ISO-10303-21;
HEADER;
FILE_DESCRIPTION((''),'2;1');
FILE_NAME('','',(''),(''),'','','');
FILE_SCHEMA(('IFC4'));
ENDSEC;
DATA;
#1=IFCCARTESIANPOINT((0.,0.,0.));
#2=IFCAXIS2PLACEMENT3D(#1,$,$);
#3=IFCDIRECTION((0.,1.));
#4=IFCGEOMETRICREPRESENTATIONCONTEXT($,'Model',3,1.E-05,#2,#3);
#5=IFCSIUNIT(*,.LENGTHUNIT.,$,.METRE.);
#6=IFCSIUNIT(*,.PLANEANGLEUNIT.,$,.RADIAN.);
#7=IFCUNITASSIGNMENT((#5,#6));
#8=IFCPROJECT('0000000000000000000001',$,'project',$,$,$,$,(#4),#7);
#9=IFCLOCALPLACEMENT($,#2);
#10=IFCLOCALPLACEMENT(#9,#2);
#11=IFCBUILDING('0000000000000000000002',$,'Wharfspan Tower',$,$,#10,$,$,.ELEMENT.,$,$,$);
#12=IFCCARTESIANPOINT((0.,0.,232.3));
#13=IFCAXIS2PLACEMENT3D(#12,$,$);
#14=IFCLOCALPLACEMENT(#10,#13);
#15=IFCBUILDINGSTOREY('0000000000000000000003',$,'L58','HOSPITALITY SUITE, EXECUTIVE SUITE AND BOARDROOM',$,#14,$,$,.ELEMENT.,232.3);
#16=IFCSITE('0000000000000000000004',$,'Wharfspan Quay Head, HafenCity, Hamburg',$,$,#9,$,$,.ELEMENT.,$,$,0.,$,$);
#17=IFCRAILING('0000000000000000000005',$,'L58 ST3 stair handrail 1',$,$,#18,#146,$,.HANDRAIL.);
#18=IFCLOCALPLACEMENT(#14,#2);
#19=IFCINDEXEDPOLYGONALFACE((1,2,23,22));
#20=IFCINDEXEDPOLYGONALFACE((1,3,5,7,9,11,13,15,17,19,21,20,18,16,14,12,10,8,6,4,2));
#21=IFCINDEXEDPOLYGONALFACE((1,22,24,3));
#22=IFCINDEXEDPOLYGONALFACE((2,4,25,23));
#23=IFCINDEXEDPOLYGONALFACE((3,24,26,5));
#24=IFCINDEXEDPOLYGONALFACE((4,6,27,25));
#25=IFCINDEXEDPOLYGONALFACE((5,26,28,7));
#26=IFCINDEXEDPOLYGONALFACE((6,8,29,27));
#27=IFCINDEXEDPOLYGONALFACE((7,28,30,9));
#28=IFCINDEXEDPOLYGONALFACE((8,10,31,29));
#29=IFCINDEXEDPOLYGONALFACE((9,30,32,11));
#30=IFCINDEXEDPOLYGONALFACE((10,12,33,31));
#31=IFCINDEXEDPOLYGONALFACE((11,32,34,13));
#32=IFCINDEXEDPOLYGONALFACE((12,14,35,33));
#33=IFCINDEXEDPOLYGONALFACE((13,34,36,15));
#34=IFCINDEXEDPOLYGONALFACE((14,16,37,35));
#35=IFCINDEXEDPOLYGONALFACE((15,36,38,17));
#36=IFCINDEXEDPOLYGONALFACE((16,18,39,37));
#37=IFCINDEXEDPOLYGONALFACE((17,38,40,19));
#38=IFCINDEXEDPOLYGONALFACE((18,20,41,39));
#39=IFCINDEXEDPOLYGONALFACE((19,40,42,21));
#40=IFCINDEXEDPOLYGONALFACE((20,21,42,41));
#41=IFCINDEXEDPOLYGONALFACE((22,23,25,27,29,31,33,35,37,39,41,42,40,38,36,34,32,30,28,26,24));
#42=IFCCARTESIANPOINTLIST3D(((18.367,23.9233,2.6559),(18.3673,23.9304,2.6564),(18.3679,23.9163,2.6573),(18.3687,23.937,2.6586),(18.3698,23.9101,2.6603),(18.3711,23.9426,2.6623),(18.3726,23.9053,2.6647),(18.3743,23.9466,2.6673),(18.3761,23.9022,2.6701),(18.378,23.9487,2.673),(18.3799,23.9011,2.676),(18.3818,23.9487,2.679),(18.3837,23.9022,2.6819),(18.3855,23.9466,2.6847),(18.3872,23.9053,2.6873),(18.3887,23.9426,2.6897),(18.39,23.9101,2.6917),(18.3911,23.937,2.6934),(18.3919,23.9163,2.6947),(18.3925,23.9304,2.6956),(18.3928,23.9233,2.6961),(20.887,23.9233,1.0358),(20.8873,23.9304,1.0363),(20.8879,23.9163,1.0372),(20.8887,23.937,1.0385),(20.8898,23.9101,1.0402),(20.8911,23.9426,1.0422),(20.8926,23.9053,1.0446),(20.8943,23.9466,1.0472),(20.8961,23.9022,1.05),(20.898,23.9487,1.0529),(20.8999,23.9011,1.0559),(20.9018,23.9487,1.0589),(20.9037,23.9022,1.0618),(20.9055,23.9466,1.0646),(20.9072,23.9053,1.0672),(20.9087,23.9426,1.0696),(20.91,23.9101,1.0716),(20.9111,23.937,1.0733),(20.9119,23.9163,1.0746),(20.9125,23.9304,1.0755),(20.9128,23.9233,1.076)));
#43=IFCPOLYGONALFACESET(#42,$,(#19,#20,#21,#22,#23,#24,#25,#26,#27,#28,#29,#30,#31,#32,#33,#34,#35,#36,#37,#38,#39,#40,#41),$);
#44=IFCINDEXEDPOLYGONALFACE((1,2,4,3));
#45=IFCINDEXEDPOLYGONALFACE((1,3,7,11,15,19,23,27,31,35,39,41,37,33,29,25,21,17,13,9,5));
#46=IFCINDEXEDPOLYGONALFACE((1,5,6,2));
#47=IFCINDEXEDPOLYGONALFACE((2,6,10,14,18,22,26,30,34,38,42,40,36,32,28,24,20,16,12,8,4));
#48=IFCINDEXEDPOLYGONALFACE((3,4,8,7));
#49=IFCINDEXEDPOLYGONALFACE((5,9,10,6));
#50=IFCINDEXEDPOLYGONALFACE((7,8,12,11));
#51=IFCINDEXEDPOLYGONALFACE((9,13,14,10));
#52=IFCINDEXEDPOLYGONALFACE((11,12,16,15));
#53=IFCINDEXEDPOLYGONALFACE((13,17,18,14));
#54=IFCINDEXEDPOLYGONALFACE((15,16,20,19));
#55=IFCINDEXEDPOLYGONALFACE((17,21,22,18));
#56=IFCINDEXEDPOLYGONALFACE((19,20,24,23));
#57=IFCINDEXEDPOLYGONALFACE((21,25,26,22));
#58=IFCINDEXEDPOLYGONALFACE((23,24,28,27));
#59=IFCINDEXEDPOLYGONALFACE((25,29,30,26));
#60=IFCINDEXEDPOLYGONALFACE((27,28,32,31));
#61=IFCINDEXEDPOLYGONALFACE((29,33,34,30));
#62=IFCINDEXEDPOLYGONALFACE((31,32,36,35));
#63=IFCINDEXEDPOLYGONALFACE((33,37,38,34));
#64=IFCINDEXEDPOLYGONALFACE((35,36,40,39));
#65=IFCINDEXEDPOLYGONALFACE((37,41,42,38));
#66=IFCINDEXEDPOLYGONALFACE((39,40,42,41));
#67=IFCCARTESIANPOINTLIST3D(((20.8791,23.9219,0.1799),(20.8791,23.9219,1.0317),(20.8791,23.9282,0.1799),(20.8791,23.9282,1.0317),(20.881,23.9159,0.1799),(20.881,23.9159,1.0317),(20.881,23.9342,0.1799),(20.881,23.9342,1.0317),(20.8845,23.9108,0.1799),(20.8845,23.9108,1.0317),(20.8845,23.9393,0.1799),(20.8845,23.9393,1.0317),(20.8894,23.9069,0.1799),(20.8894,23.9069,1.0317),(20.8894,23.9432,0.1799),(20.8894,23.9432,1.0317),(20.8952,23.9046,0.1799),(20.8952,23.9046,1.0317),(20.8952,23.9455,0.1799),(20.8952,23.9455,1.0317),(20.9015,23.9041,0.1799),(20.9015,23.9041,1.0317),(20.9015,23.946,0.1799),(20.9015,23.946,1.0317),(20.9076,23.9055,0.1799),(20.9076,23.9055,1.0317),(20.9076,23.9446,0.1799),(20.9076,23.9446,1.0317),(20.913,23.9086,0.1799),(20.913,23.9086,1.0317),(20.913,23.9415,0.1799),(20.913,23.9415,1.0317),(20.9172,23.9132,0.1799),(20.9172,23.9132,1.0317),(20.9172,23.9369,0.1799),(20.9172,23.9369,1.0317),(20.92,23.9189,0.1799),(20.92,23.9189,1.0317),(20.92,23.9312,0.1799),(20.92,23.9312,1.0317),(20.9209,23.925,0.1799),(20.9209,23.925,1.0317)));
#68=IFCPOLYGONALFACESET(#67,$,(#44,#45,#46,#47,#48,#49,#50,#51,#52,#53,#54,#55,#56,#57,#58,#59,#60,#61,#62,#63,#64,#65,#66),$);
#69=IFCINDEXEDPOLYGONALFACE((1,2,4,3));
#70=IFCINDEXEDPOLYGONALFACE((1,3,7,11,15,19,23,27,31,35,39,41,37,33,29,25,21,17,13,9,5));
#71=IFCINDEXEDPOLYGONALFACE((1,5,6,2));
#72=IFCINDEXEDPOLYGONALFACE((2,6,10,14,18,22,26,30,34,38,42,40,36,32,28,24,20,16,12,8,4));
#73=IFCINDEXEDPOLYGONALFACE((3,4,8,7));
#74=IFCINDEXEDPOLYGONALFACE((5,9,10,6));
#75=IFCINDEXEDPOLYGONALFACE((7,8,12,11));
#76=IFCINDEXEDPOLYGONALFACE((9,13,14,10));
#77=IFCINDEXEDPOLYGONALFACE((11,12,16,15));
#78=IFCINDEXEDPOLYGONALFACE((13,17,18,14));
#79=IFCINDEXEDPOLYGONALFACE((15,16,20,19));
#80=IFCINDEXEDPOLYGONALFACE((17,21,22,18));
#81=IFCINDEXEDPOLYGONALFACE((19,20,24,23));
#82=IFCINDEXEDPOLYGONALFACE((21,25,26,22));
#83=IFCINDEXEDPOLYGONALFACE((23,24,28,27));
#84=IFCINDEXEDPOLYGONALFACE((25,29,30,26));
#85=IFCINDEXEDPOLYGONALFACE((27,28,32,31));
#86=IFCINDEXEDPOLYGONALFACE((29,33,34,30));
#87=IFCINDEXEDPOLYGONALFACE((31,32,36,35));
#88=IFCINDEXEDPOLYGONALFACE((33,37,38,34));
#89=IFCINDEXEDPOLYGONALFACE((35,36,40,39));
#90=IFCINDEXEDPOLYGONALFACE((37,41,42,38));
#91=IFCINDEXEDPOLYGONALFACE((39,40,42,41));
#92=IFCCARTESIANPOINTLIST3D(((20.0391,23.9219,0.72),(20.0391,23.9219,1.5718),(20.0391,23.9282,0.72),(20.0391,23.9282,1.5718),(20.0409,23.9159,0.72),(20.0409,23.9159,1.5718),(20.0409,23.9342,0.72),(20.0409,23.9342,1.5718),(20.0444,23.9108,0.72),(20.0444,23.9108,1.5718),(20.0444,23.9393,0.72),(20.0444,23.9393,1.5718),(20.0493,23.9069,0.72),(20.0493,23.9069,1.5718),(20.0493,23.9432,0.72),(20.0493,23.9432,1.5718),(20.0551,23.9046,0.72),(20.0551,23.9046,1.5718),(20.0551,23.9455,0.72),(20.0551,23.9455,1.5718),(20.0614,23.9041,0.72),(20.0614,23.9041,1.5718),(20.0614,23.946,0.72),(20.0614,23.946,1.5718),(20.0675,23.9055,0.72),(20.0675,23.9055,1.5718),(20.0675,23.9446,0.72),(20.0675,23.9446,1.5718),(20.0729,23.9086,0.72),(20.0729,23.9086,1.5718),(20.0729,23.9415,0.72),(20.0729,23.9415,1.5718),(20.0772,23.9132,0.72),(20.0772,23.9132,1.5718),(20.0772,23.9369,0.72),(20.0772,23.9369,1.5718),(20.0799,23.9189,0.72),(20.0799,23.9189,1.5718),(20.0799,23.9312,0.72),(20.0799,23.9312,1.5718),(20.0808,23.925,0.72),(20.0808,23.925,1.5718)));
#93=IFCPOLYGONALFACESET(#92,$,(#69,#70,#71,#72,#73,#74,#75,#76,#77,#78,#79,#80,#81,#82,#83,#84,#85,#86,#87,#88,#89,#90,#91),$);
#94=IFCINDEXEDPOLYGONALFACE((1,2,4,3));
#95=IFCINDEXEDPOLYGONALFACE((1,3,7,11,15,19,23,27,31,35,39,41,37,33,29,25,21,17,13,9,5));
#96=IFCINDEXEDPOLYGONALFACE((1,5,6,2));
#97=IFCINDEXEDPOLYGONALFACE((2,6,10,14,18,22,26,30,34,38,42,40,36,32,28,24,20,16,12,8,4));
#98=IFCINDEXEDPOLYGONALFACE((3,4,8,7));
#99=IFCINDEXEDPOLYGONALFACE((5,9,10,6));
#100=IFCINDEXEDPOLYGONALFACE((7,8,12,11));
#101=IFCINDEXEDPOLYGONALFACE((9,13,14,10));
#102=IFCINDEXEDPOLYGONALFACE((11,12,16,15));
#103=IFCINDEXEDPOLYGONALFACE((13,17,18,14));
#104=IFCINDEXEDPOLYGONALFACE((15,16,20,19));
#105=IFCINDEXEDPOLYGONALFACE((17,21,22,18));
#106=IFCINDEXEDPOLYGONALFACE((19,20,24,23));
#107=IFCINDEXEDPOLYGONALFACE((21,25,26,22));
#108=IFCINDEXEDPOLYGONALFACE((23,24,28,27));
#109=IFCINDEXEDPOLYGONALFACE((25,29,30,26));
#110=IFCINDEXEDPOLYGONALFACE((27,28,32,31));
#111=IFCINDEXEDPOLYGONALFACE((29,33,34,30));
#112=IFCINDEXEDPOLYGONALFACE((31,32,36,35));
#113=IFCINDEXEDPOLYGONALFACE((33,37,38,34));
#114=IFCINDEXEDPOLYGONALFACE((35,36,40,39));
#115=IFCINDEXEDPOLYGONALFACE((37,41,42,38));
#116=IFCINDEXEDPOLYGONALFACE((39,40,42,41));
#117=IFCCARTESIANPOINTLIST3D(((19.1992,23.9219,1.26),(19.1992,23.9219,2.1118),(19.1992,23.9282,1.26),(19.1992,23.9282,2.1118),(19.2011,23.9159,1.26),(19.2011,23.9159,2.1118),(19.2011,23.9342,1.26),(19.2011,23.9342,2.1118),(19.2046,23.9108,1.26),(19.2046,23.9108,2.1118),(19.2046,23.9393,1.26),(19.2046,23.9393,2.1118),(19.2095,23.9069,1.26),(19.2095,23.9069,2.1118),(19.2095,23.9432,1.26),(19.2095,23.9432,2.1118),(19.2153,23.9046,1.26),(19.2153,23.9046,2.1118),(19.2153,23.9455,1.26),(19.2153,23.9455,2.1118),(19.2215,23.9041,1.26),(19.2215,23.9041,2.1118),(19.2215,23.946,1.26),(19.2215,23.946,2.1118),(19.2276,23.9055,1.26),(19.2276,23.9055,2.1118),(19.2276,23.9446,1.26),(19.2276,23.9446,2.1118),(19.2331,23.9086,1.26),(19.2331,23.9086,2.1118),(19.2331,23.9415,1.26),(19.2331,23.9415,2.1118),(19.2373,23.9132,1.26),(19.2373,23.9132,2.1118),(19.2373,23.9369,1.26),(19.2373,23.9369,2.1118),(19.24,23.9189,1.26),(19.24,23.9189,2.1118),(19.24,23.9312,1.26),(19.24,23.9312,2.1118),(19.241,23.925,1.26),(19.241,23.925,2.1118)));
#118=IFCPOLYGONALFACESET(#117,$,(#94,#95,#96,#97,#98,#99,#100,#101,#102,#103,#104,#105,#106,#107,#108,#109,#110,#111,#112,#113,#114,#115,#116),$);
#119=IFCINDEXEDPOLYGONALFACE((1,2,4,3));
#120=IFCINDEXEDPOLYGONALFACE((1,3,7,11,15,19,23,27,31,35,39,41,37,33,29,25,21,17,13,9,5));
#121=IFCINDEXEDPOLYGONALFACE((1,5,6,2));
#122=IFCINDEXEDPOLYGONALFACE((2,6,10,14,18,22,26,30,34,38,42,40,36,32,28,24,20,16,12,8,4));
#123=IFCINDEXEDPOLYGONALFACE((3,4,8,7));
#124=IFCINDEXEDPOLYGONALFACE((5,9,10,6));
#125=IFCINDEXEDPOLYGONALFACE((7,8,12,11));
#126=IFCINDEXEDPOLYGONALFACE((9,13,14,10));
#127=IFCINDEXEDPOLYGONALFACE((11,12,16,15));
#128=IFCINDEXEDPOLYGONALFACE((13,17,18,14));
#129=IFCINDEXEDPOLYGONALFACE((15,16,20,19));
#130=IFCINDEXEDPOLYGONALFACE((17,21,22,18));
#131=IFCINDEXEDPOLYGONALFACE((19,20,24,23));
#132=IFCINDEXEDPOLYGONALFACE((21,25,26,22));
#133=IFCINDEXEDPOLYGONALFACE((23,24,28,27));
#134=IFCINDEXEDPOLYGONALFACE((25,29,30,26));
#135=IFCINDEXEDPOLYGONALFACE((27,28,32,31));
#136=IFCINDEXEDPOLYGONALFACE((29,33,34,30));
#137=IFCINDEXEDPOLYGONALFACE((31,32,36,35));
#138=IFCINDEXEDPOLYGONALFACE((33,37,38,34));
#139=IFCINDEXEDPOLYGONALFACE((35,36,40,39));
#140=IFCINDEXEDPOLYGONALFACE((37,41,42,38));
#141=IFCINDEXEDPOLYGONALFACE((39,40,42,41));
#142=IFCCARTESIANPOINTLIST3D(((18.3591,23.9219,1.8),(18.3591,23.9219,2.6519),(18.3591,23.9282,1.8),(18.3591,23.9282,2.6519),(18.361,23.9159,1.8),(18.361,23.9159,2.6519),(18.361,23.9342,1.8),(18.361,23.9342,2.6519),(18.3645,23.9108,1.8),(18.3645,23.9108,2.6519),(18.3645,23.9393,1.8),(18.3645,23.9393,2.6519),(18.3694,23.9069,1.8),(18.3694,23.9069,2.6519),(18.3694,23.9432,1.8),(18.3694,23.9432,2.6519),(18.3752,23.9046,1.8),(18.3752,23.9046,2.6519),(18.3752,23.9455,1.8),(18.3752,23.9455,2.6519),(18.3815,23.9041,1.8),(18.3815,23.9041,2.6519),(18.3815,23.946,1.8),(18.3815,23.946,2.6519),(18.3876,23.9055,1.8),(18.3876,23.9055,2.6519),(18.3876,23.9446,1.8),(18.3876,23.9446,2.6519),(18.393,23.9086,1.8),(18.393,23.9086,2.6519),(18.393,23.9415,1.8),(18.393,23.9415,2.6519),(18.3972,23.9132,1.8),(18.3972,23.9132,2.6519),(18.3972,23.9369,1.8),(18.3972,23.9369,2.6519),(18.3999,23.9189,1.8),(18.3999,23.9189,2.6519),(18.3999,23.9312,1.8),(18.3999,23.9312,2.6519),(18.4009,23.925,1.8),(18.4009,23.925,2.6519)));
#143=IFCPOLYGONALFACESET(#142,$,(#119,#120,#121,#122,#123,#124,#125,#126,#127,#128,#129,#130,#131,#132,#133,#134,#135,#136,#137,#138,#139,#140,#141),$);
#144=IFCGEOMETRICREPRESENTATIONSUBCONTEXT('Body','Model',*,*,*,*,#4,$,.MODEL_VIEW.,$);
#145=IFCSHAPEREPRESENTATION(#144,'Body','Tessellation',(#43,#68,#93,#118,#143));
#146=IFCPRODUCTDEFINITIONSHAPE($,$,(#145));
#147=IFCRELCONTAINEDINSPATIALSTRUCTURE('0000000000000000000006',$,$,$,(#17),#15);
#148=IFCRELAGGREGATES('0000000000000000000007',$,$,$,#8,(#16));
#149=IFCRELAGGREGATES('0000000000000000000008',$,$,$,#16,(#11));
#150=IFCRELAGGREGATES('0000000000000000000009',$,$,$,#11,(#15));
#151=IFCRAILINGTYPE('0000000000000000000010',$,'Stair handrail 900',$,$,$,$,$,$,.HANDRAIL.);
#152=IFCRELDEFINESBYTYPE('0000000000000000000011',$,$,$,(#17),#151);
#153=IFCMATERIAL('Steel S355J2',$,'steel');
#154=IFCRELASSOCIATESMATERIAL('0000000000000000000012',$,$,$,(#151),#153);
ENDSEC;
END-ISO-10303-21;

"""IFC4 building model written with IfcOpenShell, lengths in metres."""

from ifc_helpers import new_model, si_unit, direction, frame, origin, origin_2d, place, context, subcontext, project, spatial, circle, extrude, material, type_object, element, save


model = new_model("IFC4")

# Units and contexts
model_context = context("Model", 3, precision=1e-05, world=origin(), true_north=direction((0.0, 1.0)))
body_context = subcontext(model_context, "Body", "Model", "MODEL_VIEW")
ifc_project = project(units=[si_unit("LENGTHUNIT", "METRE"), si_unit("PLANEANGLEUNIT", "RADIAN")], contexts=[model_context])

# Site, building, storey
site_placement = place(None, origin())
site = spatial("IfcSite", under=ifc_project, at=site_placement, Name="Wharfspan Quay Head, HafenCity, Hamburg", CompositionType="ELEMENT", RefElevation=0.0)
building_placement = place(site_placement, origin())
building = spatial("IfcBuilding", under=site, at=building_placement, Name="Wharfspan Tower", CompositionType="ELEMENT")
storey_placement = place(building_placement, frame((0.0, 0.0, 232.3)))
storey = spatial("IfcBuildingStorey", under=building, at=storey_placement, Name="L58", Description="HOSPITALITY SUITE, EXECUTIVE SUITE AND BOARDROOM", CompositionType="ELEMENT", Elevation=232.3)

# Shared definitions
ifc_material_1 = material(Name="Steel S355J2", Category="steel")

# Railing
railing_type_1 = type_object("IfcRailingType", Name="Stair handrail 900", PredefinedType="HANDRAIL", material=ifc_material_1)
railing_1_placement = place(storey_placement, frame((20.8999, 23.925, 0.1799)))
element("IfcRailing", 1, at=railing_1_placement, inside=storey, type_object=railing_type_1, Name="L58 ST3 stair handrail 1", PredefinedType="HANDRAIL", context=body_context, shape_type="SweptSolid", body=[
    extrude(circle(Radius=0.0239, at=origin_2d()), frame((0.0, 0.0, 0.876), z_axis=(-0.841163, 0.0, 0.540782), x_axis=(0.0, -1.0, 0.0)), (0.0, 0.0, 1.0), 2.9958),
    extrude(circle(Radius=0.021, at=origin_2d()), origin(), (0.0, 0.0, 1.0), 0.8518),
    extrude(circle(Radius=0.021, at=origin_2d()), frame((-0.8401, 0.0, 0.54)), (0.0, 0.0, 1.0), 0.8518),
    extrude(circle(Radius=0.021, at=origin_2d()), frame((-1.6799, 0.0, 1.0801)), (0.0, 0.0, 1.0), 0.8518),
    extrude(circle(Radius=0.021, at=origin_2d()), frame((-2.52, 0.0, 1.6201)), (0.0, 0.0, 1.0), 0.8518),
])

save(model, "model.ifc")
